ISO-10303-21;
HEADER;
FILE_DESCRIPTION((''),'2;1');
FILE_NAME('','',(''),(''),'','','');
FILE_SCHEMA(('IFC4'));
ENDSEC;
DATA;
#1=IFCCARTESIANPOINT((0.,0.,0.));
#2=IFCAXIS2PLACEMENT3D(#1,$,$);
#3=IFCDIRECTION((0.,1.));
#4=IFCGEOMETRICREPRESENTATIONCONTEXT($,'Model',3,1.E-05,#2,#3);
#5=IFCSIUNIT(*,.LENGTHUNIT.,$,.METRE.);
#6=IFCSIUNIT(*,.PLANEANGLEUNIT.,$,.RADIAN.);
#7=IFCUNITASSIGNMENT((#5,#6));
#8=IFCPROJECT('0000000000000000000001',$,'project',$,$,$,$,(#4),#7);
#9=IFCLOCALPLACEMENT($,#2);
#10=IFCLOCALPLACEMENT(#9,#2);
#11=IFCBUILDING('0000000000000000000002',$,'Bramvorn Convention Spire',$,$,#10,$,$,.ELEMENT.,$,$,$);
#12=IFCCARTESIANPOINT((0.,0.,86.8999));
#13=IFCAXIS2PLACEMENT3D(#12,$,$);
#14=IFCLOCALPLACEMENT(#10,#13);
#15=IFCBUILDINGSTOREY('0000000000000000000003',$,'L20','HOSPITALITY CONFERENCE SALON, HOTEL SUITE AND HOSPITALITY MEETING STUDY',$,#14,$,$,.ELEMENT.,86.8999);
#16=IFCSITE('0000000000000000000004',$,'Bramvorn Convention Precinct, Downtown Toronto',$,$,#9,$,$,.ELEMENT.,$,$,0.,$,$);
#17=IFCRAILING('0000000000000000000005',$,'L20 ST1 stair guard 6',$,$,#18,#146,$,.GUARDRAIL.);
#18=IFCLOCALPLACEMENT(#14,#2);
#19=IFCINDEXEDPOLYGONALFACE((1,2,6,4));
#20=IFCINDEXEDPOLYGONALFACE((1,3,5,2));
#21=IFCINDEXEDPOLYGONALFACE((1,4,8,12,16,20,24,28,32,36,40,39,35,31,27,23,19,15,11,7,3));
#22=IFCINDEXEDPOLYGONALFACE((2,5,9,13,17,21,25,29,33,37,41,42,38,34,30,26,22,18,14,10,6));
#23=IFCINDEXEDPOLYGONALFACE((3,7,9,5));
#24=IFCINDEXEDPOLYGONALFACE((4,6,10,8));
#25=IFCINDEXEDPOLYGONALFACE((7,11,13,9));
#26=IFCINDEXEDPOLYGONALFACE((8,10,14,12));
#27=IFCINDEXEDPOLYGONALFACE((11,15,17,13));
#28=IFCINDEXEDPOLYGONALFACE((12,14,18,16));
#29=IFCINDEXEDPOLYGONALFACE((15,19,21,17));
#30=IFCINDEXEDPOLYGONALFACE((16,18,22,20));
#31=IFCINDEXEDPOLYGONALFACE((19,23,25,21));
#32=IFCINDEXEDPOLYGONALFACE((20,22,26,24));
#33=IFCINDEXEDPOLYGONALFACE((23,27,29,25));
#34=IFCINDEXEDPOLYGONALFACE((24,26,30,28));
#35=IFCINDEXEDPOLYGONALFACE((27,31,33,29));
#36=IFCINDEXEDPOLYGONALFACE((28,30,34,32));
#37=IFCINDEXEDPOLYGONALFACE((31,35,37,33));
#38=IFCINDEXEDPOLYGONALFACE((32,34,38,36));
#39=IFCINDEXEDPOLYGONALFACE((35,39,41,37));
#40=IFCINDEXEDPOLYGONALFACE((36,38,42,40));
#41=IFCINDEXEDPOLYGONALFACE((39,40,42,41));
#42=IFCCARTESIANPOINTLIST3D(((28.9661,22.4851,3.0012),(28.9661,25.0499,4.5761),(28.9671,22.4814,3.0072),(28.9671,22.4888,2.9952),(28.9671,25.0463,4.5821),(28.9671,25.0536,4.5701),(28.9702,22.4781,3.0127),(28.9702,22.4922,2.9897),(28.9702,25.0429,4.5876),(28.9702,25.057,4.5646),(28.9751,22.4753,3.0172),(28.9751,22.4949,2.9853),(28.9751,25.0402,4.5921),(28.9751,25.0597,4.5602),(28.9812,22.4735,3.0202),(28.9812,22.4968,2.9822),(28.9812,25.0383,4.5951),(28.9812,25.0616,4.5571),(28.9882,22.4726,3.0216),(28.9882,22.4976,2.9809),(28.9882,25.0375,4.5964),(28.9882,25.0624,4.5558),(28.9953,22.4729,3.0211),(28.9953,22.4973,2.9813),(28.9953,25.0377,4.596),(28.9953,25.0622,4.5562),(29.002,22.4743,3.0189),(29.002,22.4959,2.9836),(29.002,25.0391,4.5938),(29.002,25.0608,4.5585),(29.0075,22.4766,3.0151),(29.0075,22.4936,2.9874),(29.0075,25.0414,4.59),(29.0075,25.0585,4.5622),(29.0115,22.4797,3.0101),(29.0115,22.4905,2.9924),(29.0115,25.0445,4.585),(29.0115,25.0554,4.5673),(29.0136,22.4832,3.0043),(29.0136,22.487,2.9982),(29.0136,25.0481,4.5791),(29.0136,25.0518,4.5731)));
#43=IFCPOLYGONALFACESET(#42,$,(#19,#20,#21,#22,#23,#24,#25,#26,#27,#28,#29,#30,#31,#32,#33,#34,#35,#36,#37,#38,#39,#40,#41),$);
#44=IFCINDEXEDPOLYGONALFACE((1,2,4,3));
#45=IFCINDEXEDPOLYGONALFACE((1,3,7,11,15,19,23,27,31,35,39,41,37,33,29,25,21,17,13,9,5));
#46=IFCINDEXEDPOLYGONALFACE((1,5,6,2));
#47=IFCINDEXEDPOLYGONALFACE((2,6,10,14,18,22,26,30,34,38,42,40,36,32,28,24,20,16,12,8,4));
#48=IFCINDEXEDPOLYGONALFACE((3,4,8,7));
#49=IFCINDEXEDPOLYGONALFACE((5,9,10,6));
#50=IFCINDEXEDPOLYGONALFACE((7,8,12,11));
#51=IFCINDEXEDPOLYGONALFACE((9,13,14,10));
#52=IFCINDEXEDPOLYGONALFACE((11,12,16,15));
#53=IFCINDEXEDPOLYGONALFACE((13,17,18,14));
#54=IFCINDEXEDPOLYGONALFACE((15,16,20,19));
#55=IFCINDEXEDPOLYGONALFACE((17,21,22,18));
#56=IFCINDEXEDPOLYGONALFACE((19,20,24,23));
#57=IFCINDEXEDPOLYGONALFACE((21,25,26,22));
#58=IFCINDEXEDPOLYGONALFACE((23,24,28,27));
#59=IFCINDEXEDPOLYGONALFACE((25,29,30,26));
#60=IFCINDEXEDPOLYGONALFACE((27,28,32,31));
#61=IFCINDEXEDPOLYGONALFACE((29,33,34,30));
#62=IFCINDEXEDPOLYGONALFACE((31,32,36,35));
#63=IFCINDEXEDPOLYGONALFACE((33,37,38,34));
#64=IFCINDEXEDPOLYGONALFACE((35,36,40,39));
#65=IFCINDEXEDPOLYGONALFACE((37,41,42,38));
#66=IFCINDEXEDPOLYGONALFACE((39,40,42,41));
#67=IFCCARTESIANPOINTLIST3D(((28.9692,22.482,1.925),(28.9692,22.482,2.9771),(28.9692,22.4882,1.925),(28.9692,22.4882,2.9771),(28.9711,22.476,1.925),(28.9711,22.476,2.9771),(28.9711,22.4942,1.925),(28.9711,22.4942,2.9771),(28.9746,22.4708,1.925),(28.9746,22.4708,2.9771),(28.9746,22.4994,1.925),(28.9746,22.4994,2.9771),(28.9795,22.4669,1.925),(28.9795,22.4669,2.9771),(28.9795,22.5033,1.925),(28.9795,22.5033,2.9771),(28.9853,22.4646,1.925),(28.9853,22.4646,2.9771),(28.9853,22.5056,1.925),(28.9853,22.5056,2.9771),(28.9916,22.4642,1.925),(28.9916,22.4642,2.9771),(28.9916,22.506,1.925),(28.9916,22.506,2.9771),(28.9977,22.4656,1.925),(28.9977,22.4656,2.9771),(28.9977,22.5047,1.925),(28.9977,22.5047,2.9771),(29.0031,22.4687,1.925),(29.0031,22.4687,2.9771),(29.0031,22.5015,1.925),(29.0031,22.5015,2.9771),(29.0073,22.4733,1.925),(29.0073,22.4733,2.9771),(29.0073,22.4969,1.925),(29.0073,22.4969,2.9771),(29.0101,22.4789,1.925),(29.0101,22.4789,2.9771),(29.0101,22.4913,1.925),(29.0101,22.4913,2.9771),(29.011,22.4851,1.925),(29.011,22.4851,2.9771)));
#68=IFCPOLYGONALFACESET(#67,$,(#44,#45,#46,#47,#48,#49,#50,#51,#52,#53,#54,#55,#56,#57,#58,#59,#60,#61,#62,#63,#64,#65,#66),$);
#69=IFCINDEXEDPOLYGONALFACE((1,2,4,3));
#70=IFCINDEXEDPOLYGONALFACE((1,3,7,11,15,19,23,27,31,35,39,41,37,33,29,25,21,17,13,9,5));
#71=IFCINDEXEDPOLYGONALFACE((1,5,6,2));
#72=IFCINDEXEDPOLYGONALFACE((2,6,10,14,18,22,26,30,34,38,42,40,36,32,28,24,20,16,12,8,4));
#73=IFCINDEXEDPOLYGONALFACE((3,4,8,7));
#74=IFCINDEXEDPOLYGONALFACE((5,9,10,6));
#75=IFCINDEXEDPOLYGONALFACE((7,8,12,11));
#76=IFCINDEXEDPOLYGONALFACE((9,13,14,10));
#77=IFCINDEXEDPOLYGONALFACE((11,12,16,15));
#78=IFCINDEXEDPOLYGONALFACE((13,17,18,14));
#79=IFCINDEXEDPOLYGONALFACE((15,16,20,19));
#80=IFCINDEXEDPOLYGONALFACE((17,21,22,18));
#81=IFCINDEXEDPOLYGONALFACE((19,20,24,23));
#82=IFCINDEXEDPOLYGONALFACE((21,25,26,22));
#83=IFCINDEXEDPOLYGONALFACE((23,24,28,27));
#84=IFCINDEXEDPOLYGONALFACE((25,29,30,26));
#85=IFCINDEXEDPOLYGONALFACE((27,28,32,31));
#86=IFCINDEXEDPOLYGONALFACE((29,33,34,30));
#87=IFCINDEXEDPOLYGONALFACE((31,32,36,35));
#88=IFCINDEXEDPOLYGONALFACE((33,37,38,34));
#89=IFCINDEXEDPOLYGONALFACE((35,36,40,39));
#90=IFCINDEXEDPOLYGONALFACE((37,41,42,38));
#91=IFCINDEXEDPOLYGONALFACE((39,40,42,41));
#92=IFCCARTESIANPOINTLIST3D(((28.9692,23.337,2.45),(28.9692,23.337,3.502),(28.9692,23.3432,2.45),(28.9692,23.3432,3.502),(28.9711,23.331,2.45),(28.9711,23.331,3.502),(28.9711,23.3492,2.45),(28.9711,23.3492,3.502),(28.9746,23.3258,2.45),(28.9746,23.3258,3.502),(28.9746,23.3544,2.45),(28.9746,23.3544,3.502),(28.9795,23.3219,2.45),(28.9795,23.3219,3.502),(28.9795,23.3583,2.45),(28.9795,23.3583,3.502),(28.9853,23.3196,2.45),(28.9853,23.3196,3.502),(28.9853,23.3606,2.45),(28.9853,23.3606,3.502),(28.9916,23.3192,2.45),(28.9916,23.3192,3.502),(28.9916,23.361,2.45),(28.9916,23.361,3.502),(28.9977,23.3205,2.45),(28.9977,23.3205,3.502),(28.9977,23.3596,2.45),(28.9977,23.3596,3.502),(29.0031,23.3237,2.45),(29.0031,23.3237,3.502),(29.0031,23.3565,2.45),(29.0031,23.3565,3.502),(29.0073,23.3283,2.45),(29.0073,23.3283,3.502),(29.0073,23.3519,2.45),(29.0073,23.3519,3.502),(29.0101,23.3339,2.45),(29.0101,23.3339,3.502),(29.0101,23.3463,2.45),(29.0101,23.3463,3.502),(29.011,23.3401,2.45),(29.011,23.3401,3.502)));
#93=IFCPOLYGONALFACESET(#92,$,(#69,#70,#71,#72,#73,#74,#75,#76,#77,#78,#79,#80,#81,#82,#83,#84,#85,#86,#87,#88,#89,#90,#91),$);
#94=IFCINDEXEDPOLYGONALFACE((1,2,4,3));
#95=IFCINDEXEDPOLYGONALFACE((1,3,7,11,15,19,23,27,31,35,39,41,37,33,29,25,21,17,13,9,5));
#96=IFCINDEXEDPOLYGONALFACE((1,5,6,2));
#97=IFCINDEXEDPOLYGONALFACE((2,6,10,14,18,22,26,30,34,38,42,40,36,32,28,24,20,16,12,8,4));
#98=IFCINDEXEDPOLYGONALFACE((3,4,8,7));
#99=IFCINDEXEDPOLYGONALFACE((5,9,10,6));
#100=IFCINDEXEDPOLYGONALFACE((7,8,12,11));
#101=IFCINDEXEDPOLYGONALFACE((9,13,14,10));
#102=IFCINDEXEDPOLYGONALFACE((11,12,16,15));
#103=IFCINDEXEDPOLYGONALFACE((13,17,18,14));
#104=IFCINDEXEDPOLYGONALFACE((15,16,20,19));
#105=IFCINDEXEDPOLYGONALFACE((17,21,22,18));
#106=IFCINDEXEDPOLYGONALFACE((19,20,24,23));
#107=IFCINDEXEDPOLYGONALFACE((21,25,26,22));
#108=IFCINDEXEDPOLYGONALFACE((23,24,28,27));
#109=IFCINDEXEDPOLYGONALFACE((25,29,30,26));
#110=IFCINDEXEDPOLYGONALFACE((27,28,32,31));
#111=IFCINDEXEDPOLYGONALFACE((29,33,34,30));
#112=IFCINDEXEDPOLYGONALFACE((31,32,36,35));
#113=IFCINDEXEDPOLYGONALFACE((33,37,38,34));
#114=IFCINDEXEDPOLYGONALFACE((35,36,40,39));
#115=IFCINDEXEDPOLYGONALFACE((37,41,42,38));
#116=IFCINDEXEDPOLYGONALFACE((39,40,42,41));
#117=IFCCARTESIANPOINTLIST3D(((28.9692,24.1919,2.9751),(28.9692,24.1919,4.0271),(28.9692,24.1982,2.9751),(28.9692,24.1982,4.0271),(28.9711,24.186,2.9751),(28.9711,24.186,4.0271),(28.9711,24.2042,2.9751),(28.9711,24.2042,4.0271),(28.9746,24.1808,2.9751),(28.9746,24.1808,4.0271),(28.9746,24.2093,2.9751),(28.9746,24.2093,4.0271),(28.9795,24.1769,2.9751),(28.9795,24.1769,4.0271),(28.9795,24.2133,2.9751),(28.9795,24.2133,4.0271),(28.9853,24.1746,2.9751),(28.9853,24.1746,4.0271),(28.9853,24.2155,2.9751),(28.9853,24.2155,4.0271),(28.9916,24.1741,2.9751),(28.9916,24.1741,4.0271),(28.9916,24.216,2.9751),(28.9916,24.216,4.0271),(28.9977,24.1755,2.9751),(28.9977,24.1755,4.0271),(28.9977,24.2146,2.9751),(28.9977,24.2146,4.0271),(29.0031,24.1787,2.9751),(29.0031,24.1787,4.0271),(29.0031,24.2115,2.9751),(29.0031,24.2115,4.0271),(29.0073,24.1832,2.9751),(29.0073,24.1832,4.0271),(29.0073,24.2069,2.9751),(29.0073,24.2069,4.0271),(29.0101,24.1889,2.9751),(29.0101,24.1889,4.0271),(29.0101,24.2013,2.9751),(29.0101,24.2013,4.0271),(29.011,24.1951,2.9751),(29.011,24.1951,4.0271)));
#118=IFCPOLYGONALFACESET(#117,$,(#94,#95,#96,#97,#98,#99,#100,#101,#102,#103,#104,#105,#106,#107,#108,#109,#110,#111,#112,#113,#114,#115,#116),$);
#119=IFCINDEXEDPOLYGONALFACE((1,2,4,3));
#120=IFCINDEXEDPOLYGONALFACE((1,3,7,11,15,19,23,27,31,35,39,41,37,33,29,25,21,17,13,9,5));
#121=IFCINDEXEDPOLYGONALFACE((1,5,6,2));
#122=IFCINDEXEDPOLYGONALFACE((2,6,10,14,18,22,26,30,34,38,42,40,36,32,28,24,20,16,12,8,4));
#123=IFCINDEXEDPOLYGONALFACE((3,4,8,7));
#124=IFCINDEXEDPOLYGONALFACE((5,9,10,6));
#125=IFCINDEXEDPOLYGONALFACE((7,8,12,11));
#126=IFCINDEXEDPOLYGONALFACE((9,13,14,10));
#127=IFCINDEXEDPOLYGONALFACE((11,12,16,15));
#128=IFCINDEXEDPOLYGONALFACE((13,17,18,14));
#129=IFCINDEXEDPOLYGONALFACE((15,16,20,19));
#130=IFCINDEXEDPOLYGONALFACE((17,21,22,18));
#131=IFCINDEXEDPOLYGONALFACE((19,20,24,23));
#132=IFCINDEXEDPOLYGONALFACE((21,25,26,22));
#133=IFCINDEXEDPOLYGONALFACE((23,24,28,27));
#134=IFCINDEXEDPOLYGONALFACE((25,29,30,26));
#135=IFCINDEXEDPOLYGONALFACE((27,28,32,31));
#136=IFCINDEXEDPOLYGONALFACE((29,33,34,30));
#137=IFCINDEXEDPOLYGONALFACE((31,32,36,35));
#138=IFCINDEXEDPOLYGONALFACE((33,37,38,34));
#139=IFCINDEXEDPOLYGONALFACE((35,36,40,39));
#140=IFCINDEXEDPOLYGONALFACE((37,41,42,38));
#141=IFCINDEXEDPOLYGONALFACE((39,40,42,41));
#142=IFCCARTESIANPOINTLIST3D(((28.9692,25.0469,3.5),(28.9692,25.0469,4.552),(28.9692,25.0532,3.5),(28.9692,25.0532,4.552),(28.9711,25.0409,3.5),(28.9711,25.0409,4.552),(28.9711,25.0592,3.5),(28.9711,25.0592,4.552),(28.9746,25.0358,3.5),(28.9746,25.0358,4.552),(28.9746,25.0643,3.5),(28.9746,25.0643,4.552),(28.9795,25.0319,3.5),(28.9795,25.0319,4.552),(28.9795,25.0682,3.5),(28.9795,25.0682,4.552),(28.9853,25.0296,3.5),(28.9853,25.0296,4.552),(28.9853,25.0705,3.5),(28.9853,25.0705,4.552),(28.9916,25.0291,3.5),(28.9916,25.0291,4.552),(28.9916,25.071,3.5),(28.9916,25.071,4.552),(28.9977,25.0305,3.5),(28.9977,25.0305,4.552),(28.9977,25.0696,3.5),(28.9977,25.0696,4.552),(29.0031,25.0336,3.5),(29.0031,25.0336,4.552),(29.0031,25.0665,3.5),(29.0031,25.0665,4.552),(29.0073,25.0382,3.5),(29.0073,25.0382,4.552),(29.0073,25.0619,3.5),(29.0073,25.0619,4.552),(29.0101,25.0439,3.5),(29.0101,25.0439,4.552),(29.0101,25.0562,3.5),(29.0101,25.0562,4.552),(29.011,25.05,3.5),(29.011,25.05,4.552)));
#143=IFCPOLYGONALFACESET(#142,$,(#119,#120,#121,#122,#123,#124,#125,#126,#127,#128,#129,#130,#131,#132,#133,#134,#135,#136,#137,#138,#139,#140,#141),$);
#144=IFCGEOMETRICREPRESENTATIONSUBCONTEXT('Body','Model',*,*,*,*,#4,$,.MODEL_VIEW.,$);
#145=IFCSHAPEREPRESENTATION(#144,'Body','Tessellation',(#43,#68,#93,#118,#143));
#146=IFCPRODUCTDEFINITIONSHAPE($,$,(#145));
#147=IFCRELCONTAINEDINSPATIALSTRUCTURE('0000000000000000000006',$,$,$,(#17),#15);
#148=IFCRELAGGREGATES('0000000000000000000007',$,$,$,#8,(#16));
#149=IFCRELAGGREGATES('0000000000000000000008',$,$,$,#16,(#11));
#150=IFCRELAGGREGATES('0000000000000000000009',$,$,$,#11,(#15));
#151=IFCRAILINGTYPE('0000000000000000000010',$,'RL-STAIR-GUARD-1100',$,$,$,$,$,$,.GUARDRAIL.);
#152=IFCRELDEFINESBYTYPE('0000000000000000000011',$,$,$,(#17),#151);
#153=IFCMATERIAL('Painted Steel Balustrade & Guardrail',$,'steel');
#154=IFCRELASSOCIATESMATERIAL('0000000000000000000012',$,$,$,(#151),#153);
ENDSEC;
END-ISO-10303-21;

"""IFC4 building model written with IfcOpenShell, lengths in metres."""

from ifc_helpers import new_model, si_unit, direction, frame, origin, origin_2d, place, context, subcontext, project, spatial, circle, extrude, material, type_object, element, save


model = new_model("IFC4")

# Units and contexts
model_context = context("Model", 3, precision=1e-05, world=origin(), true_north=direction((0.0, 1.0)))
body_context = subcontext(model_context, "Body", "Model", "MODEL_VIEW")
ifc_project = project(units=[si_unit("LENGTHUNIT", "METRE"), si_unit("PLANEANGLEUNIT", "RADIAN")], contexts=[model_context])

# Site, building, storey
site_placement = place(None, origin())
site = spatial("IfcSite", under=ifc_project, at=site_placement, Name="Bramvorn Convention Precinct, Downtown Toronto", CompositionType="ELEMENT", RefElevation=0.0)
building_placement = place(site_placement, origin())
building = spatial("IfcBuilding", under=site, at=building_placement, Name="Bramvorn Convention Spire", CompositionType="ELEMENT")
storey_placement = place(building_placement, frame((0.0, 0.0, 86.8999)))
storey = spatial("IfcBuildingStorey", under=building, at=storey_placement, Name="L20", Description="HOSPITALITY CONFERENCE SALON, HOTEL SUITE AND HOSPITALITY MEETING STUDY", CompositionType="ELEMENT", Elevation=86.8999)

# Railing
ifc_material_1 = material(Name="Painted Steel Balustrade & Guardrail", Category="steel")
railing_type_1 = type_object("IfcRailingType", Name="RL-STAIR-GUARD-1100", PredefinedType="GUARDRAIL", material=ifc_material_1)
railing_1_placement = place(storey_placement, frame((28.99, 22.4851, 1.925)))
element("IfcRailing", 1, at=railing_1_placement, inside=storey, type_object=railing_type_1, Name="L20 ST1 stair guard 6", PredefinedType="GUARDRAIL", context=body_context, shape_type="SweptSolid", body=[
    extrude(circle(Radius=0.0239, at=origin_2d()), frame((0.0, 0.0, 1.0762), z_axis=(0.0, 0.852173, 0.52326), x_axis=(-1.0, 0.0, 0.0)), (0.0, 0.0, 1.0), 3.0098),
    extrude(circle(Radius=0.021, at=origin_2d()), origin(), (0.0, 0.0, 1.0), 1.052),
    extrude(circle(Radius=0.021, at=origin_2d()), frame((0.0, 0.855, 0.5249)), (0.0, 0.0, 1.0), 1.052),
    extrude(circle(Radius=0.021, at=origin_2d()), frame((0.0, 1.71, 1.05)), (0.0, 0.0, 1.0), 1.052),
    extrude(circle(Radius=0.021, at=origin_2d()), frame((0.0, 2.5649, 1.575)), (0.0, 0.0, 1.0), 1.052),
])

save(model, "model.ifc")
